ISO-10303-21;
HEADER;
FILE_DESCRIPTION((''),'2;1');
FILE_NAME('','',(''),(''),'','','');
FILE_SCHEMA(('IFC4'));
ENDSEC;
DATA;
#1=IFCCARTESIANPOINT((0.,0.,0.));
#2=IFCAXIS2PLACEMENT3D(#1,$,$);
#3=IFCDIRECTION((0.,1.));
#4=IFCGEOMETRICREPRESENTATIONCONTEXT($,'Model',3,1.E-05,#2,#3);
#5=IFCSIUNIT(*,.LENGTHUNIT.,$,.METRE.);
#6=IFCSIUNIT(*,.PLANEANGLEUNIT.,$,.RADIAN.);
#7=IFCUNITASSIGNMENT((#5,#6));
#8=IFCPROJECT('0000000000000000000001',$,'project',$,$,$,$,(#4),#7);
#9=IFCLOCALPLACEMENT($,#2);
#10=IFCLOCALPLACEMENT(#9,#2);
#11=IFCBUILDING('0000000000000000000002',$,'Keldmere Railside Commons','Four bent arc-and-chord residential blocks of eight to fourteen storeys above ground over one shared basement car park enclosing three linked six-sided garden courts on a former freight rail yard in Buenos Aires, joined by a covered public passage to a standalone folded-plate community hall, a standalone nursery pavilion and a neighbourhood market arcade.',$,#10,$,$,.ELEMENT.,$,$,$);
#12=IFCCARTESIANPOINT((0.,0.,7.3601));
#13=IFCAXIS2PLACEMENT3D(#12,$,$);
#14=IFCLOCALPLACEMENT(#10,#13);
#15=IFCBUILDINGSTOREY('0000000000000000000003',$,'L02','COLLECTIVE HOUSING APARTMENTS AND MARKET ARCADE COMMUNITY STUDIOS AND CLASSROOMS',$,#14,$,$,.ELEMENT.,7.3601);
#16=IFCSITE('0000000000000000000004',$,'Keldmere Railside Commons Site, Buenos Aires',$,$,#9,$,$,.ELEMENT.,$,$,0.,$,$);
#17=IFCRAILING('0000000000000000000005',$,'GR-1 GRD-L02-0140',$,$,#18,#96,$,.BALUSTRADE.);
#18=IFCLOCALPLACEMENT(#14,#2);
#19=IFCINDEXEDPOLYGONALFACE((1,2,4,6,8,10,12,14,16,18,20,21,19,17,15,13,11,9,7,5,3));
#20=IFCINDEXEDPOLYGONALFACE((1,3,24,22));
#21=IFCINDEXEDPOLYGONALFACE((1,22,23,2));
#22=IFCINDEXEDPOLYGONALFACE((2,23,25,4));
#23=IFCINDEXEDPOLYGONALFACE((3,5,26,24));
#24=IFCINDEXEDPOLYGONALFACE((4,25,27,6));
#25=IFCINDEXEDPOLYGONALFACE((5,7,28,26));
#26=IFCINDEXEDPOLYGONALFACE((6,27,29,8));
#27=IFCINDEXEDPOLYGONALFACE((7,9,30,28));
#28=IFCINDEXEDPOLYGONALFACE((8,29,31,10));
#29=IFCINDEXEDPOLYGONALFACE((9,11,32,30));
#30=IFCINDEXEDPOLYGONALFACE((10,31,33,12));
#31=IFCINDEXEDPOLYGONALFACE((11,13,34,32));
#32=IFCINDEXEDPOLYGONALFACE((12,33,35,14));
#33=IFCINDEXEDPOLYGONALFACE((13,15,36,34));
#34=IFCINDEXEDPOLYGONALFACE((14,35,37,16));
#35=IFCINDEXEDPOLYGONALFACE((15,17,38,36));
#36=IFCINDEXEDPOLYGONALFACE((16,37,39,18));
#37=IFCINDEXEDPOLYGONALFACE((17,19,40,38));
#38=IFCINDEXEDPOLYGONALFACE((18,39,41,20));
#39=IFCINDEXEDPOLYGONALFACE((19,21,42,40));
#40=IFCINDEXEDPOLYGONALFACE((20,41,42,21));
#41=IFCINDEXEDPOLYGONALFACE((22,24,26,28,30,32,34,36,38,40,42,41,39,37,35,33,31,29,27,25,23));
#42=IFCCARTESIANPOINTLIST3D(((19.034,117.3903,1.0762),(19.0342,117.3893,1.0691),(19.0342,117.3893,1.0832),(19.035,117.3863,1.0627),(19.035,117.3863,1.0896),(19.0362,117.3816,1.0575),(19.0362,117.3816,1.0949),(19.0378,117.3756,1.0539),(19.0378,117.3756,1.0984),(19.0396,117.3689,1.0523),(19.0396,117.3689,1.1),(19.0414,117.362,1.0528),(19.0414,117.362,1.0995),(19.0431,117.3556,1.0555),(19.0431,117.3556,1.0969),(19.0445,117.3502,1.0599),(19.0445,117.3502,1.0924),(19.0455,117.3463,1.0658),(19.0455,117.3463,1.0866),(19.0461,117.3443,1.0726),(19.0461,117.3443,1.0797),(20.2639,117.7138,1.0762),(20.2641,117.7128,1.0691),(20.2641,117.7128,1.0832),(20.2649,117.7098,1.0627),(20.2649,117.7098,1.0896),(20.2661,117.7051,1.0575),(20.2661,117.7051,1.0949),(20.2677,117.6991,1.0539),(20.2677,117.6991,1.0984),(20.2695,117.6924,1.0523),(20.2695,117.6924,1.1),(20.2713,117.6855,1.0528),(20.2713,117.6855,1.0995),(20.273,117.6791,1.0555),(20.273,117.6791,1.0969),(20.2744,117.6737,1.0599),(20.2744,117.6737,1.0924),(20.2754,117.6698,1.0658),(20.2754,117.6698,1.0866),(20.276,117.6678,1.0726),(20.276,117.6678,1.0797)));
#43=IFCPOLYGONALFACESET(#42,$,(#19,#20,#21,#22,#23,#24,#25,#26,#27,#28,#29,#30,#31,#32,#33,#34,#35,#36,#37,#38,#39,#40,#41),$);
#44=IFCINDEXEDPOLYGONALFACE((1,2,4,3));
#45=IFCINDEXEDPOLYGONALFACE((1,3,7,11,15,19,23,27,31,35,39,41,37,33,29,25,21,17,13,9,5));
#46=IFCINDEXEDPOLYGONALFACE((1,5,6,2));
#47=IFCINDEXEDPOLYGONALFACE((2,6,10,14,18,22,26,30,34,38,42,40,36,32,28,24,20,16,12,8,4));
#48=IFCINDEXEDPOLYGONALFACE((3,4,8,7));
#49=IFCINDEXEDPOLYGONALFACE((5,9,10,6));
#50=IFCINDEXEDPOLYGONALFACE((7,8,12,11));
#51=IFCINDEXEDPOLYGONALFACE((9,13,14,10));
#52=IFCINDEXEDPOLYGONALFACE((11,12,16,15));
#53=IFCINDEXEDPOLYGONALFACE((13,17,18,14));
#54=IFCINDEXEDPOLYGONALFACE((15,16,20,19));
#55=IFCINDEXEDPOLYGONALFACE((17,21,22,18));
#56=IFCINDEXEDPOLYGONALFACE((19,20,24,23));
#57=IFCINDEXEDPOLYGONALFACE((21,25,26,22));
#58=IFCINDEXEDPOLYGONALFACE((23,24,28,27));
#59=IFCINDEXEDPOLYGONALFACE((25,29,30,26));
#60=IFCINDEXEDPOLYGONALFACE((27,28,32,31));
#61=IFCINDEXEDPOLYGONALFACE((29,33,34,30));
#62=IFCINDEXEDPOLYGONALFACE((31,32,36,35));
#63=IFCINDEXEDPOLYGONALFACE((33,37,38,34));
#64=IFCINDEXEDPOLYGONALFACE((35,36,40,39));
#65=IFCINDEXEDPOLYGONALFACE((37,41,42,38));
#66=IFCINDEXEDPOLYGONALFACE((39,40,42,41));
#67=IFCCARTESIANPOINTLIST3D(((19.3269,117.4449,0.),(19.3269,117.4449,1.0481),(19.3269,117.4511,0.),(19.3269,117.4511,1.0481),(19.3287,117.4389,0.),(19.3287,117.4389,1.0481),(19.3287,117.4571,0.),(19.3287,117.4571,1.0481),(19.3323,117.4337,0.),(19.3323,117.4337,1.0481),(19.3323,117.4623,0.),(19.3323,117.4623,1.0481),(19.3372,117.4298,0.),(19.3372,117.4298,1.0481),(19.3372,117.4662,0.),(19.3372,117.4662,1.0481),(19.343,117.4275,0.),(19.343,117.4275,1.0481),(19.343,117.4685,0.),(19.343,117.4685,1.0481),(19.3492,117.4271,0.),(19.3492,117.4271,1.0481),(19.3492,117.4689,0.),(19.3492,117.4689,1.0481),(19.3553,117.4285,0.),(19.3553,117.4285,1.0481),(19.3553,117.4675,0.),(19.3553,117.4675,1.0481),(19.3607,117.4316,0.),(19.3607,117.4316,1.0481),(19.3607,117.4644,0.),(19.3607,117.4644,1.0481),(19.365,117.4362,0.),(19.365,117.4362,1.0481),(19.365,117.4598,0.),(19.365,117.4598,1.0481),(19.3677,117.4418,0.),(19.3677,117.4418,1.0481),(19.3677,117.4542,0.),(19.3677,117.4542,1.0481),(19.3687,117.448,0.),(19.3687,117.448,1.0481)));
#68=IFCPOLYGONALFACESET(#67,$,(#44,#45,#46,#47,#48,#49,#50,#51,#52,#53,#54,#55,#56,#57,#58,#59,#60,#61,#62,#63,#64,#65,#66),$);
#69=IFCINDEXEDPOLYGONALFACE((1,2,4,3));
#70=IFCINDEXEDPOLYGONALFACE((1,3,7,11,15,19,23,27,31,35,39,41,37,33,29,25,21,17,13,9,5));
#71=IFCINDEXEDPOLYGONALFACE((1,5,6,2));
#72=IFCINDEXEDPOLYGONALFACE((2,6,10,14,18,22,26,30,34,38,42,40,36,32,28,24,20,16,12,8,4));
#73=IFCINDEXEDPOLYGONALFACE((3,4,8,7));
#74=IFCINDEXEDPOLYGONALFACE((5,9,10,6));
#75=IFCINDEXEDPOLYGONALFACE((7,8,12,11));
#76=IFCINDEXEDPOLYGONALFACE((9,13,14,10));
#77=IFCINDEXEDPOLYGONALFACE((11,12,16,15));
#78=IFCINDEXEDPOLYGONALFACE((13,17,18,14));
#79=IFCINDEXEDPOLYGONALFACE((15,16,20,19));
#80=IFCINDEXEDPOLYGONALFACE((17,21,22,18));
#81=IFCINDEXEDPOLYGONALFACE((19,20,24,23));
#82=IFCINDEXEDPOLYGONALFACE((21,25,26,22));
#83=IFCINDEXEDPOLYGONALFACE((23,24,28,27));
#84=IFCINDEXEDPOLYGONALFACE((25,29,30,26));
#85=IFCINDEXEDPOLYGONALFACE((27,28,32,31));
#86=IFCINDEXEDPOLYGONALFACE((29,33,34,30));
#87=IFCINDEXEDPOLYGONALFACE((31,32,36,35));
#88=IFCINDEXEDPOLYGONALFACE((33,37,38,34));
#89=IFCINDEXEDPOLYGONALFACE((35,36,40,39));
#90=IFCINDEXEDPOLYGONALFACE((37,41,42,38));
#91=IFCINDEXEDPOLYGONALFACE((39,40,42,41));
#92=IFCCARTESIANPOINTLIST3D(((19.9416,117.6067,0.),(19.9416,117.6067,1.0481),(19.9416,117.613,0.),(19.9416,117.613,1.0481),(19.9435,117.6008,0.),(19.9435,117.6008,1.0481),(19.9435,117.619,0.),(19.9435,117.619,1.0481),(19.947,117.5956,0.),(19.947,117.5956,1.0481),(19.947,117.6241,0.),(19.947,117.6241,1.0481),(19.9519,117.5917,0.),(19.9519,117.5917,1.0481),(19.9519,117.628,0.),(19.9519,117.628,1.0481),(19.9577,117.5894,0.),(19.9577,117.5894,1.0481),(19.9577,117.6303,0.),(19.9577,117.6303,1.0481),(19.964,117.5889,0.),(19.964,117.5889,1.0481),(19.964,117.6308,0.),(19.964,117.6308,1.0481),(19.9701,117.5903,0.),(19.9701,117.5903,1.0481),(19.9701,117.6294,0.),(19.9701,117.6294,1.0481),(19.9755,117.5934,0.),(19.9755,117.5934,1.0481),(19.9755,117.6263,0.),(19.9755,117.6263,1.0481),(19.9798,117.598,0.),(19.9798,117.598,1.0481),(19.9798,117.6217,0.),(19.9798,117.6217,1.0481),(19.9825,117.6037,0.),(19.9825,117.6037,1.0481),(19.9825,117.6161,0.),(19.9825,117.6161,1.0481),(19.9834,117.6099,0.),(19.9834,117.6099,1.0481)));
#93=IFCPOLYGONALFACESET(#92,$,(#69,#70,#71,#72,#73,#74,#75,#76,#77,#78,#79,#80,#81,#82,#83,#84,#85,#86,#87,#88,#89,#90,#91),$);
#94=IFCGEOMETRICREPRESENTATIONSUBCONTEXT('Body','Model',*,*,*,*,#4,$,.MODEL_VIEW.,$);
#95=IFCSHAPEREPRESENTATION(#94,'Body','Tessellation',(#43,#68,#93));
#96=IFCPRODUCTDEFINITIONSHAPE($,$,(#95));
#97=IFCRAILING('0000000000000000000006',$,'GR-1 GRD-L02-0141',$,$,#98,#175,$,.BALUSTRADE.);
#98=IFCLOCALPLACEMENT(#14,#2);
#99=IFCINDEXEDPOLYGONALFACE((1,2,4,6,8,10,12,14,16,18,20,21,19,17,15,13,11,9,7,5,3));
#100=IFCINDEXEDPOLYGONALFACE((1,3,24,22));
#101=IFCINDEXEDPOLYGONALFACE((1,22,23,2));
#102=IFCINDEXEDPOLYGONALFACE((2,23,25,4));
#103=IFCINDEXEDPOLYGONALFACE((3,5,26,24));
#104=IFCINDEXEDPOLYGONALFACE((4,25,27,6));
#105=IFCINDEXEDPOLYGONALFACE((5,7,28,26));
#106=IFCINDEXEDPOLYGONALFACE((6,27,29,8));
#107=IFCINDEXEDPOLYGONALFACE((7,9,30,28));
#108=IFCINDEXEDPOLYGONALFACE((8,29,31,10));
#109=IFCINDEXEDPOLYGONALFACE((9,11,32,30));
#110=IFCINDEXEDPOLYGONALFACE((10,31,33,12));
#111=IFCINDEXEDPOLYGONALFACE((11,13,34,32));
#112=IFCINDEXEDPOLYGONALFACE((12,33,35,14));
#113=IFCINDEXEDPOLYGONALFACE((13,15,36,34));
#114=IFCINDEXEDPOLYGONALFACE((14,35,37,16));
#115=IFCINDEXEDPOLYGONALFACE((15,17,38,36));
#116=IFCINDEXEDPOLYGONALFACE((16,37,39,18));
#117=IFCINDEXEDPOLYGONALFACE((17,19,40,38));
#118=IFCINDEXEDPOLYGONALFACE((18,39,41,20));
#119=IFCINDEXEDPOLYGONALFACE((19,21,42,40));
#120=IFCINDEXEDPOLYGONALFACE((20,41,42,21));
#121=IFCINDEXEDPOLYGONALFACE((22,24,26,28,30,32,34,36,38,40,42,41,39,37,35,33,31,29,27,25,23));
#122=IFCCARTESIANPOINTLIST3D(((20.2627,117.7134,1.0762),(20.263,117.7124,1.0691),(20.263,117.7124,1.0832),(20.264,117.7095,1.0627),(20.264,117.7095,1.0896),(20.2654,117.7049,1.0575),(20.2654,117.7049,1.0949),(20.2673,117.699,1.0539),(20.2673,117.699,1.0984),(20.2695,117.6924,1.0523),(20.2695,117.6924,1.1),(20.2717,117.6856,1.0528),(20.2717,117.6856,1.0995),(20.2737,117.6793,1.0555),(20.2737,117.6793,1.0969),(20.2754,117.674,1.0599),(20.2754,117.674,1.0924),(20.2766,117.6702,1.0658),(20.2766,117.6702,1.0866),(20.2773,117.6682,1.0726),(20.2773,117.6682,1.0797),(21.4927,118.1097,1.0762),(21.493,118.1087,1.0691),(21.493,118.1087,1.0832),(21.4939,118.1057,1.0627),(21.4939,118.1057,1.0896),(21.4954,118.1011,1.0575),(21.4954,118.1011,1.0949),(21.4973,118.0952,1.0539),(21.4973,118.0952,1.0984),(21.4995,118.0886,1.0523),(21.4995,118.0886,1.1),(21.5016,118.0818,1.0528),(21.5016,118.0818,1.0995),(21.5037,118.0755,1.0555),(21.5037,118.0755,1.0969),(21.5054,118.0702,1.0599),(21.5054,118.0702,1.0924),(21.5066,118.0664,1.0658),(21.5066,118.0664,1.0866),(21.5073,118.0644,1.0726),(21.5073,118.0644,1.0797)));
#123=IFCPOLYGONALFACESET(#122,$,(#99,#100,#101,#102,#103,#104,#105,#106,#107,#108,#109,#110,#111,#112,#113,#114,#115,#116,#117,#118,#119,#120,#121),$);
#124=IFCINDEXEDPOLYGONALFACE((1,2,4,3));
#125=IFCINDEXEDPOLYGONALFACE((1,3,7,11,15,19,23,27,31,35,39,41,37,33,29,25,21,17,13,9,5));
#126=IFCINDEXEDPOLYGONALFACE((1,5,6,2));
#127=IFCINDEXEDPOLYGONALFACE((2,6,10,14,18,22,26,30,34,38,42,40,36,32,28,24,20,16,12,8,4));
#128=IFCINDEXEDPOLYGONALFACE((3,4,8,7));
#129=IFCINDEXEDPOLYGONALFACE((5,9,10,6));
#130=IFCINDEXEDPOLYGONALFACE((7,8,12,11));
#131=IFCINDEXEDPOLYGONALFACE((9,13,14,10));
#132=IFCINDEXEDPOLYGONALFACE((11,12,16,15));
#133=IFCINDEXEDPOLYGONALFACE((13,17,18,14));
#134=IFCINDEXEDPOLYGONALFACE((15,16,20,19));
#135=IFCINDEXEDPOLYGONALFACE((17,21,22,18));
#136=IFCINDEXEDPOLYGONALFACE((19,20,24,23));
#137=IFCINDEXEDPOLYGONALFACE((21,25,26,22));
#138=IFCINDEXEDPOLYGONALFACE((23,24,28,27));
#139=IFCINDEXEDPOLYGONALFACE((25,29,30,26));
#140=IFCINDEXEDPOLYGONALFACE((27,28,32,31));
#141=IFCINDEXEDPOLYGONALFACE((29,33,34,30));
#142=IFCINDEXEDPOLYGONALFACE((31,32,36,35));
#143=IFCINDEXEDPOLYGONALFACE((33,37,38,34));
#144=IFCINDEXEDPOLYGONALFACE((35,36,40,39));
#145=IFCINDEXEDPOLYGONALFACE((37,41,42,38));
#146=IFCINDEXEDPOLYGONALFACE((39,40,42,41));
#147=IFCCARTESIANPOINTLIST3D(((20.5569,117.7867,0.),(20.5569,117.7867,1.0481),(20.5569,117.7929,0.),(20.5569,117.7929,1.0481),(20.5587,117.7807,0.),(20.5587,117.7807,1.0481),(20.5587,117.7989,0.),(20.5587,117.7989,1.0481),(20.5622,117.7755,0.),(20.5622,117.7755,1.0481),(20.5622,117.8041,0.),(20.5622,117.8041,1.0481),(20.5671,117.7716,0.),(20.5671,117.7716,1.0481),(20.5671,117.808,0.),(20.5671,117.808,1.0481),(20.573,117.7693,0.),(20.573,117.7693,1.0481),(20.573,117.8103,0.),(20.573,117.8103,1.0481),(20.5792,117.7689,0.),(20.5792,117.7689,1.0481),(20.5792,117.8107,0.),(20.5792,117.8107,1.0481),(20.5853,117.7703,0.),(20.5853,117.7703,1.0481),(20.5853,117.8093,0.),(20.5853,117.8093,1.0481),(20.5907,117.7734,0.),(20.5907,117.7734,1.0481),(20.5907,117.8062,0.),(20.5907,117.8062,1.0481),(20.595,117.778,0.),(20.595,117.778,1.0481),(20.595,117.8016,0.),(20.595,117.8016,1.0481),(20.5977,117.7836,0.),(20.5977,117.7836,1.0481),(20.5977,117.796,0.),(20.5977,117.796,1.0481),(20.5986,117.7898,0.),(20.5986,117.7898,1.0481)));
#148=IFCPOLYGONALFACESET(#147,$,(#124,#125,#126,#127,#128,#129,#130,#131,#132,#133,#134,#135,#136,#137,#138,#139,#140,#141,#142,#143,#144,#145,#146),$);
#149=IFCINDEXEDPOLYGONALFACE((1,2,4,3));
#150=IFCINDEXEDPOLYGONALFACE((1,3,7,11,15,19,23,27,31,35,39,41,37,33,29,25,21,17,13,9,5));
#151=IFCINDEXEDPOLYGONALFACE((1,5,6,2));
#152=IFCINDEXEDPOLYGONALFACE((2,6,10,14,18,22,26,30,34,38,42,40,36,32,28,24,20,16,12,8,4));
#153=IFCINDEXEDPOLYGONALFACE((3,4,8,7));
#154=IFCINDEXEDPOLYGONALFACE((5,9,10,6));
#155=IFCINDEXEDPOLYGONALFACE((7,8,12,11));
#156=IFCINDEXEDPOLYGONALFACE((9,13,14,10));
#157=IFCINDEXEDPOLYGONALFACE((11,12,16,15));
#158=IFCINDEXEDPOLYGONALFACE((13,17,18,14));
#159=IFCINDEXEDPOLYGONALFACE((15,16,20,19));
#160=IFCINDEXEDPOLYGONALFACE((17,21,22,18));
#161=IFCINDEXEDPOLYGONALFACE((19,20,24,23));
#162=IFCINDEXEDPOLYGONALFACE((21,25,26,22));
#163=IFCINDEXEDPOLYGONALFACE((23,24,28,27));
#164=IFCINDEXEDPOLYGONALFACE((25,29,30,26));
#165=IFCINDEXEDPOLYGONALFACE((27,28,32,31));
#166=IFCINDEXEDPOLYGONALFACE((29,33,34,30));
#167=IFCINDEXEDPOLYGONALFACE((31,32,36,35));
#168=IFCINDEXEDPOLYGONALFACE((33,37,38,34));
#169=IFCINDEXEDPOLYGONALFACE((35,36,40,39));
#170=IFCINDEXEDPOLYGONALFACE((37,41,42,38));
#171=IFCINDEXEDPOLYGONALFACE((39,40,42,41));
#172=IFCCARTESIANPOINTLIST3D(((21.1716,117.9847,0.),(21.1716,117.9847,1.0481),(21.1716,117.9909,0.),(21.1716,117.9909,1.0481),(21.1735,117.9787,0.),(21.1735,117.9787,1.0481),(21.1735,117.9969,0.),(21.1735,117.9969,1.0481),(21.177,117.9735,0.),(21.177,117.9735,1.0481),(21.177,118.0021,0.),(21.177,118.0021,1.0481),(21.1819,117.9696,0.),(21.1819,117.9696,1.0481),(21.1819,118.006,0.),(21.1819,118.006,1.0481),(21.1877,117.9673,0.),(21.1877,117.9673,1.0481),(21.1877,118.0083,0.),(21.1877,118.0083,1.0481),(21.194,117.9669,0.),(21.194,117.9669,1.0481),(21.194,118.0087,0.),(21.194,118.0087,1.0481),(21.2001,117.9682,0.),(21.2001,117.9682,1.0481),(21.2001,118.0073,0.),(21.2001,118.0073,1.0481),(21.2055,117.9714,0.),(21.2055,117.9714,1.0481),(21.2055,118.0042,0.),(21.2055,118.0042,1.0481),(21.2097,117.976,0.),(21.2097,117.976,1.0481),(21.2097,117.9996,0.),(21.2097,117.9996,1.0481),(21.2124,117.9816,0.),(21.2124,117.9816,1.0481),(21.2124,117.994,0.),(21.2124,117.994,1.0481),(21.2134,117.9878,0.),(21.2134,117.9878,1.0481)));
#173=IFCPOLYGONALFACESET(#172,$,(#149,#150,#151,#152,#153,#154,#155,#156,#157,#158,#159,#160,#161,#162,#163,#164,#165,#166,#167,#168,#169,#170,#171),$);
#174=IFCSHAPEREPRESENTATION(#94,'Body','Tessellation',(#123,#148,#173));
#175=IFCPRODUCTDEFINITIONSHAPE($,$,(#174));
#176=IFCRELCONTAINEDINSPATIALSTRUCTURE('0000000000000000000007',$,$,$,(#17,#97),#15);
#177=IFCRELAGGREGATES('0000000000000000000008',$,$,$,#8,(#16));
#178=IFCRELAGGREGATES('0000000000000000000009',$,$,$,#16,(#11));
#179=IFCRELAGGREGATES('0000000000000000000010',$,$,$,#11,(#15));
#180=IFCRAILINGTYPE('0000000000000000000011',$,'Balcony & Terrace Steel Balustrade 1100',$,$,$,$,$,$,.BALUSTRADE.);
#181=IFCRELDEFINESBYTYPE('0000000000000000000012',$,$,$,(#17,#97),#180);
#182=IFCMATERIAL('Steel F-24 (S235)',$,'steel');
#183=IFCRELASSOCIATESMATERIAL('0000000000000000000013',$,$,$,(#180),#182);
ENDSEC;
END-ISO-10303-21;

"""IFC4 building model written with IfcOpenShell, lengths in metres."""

from ifc_helpers import new_model, si_unit, direction, frame, origin, origin_2d, place, context, subcontext, project, spatial, circle, extrude, material, type_object, element, save


model = new_model("IFC4")

# Units and contexts
model_context = context("Model", 3, precision=1e-05, world=origin(), true_north=direction((0.0, 1.0)))
body_context = subcontext(model_context, "Body", "Model", "MODEL_VIEW")
ifc_project = project(units=[si_unit("LENGTHUNIT", "METRE"), si_unit("PLANEANGLEUNIT", "RADIAN")], contexts=[model_context])

# Site, building, storey
site_placement = place(None, origin())
site = spatial("IfcSite", under=ifc_project, at=site_placement, Name="Keldmere Railside Commons Site, Buenos Aires", CompositionType="ELEMENT", RefElevation=0.0)
building_placement = place(site_placement, origin())
building = spatial("IfcBuilding", under=site, at=building_placement, Name="Keldmere Railside Commons", Description="Four bent arc-and-chord residential blocks of eight to fourteen storeys above ground over one shared basement car park enclosing three linked six-sided garden courts on a former freight rail yard in Buenos Aires, joined by a covered public passage to a standalone folded-plate community hall, a standalone nursery pavilion and a neighbourhood market arcade.", CompositionType="ELEMENT")
storey_placement = place(building_placement, frame((0.0, 0.0, 7.3601)))
storey = spatial("IfcBuildingStorey", under=building, at=storey_placement, Name="L02", Description="COLLECTIVE HOUSING APARTMENTS AND MARKET ARCADE COMMUNITY STUDIOS AND CLASSROOMS", CompositionType="ELEMENT", Elevation=7.3601)

# Railings
ifc_material_1 = material(Name="Steel F-24 (S235)", Category="steel")
railing_type = type_object("IfcRailingType", Name="Balcony & Terrace Steel Balustrade 1100", PredefinedType="BALUSTRADE", material=ifc_material_1)
railing_1_placement = place(storey_placement, frame((19.04, 117.3672, 0.0)))
element("IfcRailing", 1, at=railing_1_placement, inside=storey, type_object=railing_type, Name="GR-1 GRD-L02-0140", PredefinedType="BALUSTRADE", context=body_context, shape_type="SweptSolid", body=[
    extrude(circle(Radius=0.0239, at=origin_2d()), frame((0.0, 0.0, 1.0762), z_axis=(0.967112, 0.254352, 0.0), x_axis=(-0.254352, 0.967112, 0.0)), (0.0, 0.0, 1.0), 1.2717),
    extrude(circle(Radius=0.021, at=origin_2d()), frame((0.3076, 0.0808, 0.0)), (0.0, 0.0, 1.0), 1.0481),
    extrude(circle(Radius=0.021, at=origin_2d()), frame((0.9224, 0.2427, 0.0)), (0.0, 0.0, 1.0), 1.0481),
])
railing_2_placement = place(storey_placement, frame((20.27, 117.6907, 0.0)))
element("IfcRailing", 2, at=railing_2_placement, inside=storey, type_object=railing_type, Name="GR-1 GRD-L02-0141", PredefinedType="BALUSTRADE", context=body_context, shape_type="SweptSolid", body=[
    extrude(circle(Radius=0.0239, at=origin_2d()), frame((0.0, 0.0, 1.0762), z_axis=(0.951828, 0.306633, 0.0), x_axis=(-0.306633, 0.951828, 0.0)), (0.0, 0.0, 1.0), 1.2922),
    extrude(circle(Radius=0.021, at=origin_2d()), frame((0.3076, 0.0991, 0.0)), (0.0, 0.0, 1.0), 1.0481),
    extrude(circle(Radius=0.021, at=origin_2d()), frame((0.9224, 0.2971, 0.0)), (0.0, 0.0, 1.0), 1.0481),
])

save(model, "model.ifc")
